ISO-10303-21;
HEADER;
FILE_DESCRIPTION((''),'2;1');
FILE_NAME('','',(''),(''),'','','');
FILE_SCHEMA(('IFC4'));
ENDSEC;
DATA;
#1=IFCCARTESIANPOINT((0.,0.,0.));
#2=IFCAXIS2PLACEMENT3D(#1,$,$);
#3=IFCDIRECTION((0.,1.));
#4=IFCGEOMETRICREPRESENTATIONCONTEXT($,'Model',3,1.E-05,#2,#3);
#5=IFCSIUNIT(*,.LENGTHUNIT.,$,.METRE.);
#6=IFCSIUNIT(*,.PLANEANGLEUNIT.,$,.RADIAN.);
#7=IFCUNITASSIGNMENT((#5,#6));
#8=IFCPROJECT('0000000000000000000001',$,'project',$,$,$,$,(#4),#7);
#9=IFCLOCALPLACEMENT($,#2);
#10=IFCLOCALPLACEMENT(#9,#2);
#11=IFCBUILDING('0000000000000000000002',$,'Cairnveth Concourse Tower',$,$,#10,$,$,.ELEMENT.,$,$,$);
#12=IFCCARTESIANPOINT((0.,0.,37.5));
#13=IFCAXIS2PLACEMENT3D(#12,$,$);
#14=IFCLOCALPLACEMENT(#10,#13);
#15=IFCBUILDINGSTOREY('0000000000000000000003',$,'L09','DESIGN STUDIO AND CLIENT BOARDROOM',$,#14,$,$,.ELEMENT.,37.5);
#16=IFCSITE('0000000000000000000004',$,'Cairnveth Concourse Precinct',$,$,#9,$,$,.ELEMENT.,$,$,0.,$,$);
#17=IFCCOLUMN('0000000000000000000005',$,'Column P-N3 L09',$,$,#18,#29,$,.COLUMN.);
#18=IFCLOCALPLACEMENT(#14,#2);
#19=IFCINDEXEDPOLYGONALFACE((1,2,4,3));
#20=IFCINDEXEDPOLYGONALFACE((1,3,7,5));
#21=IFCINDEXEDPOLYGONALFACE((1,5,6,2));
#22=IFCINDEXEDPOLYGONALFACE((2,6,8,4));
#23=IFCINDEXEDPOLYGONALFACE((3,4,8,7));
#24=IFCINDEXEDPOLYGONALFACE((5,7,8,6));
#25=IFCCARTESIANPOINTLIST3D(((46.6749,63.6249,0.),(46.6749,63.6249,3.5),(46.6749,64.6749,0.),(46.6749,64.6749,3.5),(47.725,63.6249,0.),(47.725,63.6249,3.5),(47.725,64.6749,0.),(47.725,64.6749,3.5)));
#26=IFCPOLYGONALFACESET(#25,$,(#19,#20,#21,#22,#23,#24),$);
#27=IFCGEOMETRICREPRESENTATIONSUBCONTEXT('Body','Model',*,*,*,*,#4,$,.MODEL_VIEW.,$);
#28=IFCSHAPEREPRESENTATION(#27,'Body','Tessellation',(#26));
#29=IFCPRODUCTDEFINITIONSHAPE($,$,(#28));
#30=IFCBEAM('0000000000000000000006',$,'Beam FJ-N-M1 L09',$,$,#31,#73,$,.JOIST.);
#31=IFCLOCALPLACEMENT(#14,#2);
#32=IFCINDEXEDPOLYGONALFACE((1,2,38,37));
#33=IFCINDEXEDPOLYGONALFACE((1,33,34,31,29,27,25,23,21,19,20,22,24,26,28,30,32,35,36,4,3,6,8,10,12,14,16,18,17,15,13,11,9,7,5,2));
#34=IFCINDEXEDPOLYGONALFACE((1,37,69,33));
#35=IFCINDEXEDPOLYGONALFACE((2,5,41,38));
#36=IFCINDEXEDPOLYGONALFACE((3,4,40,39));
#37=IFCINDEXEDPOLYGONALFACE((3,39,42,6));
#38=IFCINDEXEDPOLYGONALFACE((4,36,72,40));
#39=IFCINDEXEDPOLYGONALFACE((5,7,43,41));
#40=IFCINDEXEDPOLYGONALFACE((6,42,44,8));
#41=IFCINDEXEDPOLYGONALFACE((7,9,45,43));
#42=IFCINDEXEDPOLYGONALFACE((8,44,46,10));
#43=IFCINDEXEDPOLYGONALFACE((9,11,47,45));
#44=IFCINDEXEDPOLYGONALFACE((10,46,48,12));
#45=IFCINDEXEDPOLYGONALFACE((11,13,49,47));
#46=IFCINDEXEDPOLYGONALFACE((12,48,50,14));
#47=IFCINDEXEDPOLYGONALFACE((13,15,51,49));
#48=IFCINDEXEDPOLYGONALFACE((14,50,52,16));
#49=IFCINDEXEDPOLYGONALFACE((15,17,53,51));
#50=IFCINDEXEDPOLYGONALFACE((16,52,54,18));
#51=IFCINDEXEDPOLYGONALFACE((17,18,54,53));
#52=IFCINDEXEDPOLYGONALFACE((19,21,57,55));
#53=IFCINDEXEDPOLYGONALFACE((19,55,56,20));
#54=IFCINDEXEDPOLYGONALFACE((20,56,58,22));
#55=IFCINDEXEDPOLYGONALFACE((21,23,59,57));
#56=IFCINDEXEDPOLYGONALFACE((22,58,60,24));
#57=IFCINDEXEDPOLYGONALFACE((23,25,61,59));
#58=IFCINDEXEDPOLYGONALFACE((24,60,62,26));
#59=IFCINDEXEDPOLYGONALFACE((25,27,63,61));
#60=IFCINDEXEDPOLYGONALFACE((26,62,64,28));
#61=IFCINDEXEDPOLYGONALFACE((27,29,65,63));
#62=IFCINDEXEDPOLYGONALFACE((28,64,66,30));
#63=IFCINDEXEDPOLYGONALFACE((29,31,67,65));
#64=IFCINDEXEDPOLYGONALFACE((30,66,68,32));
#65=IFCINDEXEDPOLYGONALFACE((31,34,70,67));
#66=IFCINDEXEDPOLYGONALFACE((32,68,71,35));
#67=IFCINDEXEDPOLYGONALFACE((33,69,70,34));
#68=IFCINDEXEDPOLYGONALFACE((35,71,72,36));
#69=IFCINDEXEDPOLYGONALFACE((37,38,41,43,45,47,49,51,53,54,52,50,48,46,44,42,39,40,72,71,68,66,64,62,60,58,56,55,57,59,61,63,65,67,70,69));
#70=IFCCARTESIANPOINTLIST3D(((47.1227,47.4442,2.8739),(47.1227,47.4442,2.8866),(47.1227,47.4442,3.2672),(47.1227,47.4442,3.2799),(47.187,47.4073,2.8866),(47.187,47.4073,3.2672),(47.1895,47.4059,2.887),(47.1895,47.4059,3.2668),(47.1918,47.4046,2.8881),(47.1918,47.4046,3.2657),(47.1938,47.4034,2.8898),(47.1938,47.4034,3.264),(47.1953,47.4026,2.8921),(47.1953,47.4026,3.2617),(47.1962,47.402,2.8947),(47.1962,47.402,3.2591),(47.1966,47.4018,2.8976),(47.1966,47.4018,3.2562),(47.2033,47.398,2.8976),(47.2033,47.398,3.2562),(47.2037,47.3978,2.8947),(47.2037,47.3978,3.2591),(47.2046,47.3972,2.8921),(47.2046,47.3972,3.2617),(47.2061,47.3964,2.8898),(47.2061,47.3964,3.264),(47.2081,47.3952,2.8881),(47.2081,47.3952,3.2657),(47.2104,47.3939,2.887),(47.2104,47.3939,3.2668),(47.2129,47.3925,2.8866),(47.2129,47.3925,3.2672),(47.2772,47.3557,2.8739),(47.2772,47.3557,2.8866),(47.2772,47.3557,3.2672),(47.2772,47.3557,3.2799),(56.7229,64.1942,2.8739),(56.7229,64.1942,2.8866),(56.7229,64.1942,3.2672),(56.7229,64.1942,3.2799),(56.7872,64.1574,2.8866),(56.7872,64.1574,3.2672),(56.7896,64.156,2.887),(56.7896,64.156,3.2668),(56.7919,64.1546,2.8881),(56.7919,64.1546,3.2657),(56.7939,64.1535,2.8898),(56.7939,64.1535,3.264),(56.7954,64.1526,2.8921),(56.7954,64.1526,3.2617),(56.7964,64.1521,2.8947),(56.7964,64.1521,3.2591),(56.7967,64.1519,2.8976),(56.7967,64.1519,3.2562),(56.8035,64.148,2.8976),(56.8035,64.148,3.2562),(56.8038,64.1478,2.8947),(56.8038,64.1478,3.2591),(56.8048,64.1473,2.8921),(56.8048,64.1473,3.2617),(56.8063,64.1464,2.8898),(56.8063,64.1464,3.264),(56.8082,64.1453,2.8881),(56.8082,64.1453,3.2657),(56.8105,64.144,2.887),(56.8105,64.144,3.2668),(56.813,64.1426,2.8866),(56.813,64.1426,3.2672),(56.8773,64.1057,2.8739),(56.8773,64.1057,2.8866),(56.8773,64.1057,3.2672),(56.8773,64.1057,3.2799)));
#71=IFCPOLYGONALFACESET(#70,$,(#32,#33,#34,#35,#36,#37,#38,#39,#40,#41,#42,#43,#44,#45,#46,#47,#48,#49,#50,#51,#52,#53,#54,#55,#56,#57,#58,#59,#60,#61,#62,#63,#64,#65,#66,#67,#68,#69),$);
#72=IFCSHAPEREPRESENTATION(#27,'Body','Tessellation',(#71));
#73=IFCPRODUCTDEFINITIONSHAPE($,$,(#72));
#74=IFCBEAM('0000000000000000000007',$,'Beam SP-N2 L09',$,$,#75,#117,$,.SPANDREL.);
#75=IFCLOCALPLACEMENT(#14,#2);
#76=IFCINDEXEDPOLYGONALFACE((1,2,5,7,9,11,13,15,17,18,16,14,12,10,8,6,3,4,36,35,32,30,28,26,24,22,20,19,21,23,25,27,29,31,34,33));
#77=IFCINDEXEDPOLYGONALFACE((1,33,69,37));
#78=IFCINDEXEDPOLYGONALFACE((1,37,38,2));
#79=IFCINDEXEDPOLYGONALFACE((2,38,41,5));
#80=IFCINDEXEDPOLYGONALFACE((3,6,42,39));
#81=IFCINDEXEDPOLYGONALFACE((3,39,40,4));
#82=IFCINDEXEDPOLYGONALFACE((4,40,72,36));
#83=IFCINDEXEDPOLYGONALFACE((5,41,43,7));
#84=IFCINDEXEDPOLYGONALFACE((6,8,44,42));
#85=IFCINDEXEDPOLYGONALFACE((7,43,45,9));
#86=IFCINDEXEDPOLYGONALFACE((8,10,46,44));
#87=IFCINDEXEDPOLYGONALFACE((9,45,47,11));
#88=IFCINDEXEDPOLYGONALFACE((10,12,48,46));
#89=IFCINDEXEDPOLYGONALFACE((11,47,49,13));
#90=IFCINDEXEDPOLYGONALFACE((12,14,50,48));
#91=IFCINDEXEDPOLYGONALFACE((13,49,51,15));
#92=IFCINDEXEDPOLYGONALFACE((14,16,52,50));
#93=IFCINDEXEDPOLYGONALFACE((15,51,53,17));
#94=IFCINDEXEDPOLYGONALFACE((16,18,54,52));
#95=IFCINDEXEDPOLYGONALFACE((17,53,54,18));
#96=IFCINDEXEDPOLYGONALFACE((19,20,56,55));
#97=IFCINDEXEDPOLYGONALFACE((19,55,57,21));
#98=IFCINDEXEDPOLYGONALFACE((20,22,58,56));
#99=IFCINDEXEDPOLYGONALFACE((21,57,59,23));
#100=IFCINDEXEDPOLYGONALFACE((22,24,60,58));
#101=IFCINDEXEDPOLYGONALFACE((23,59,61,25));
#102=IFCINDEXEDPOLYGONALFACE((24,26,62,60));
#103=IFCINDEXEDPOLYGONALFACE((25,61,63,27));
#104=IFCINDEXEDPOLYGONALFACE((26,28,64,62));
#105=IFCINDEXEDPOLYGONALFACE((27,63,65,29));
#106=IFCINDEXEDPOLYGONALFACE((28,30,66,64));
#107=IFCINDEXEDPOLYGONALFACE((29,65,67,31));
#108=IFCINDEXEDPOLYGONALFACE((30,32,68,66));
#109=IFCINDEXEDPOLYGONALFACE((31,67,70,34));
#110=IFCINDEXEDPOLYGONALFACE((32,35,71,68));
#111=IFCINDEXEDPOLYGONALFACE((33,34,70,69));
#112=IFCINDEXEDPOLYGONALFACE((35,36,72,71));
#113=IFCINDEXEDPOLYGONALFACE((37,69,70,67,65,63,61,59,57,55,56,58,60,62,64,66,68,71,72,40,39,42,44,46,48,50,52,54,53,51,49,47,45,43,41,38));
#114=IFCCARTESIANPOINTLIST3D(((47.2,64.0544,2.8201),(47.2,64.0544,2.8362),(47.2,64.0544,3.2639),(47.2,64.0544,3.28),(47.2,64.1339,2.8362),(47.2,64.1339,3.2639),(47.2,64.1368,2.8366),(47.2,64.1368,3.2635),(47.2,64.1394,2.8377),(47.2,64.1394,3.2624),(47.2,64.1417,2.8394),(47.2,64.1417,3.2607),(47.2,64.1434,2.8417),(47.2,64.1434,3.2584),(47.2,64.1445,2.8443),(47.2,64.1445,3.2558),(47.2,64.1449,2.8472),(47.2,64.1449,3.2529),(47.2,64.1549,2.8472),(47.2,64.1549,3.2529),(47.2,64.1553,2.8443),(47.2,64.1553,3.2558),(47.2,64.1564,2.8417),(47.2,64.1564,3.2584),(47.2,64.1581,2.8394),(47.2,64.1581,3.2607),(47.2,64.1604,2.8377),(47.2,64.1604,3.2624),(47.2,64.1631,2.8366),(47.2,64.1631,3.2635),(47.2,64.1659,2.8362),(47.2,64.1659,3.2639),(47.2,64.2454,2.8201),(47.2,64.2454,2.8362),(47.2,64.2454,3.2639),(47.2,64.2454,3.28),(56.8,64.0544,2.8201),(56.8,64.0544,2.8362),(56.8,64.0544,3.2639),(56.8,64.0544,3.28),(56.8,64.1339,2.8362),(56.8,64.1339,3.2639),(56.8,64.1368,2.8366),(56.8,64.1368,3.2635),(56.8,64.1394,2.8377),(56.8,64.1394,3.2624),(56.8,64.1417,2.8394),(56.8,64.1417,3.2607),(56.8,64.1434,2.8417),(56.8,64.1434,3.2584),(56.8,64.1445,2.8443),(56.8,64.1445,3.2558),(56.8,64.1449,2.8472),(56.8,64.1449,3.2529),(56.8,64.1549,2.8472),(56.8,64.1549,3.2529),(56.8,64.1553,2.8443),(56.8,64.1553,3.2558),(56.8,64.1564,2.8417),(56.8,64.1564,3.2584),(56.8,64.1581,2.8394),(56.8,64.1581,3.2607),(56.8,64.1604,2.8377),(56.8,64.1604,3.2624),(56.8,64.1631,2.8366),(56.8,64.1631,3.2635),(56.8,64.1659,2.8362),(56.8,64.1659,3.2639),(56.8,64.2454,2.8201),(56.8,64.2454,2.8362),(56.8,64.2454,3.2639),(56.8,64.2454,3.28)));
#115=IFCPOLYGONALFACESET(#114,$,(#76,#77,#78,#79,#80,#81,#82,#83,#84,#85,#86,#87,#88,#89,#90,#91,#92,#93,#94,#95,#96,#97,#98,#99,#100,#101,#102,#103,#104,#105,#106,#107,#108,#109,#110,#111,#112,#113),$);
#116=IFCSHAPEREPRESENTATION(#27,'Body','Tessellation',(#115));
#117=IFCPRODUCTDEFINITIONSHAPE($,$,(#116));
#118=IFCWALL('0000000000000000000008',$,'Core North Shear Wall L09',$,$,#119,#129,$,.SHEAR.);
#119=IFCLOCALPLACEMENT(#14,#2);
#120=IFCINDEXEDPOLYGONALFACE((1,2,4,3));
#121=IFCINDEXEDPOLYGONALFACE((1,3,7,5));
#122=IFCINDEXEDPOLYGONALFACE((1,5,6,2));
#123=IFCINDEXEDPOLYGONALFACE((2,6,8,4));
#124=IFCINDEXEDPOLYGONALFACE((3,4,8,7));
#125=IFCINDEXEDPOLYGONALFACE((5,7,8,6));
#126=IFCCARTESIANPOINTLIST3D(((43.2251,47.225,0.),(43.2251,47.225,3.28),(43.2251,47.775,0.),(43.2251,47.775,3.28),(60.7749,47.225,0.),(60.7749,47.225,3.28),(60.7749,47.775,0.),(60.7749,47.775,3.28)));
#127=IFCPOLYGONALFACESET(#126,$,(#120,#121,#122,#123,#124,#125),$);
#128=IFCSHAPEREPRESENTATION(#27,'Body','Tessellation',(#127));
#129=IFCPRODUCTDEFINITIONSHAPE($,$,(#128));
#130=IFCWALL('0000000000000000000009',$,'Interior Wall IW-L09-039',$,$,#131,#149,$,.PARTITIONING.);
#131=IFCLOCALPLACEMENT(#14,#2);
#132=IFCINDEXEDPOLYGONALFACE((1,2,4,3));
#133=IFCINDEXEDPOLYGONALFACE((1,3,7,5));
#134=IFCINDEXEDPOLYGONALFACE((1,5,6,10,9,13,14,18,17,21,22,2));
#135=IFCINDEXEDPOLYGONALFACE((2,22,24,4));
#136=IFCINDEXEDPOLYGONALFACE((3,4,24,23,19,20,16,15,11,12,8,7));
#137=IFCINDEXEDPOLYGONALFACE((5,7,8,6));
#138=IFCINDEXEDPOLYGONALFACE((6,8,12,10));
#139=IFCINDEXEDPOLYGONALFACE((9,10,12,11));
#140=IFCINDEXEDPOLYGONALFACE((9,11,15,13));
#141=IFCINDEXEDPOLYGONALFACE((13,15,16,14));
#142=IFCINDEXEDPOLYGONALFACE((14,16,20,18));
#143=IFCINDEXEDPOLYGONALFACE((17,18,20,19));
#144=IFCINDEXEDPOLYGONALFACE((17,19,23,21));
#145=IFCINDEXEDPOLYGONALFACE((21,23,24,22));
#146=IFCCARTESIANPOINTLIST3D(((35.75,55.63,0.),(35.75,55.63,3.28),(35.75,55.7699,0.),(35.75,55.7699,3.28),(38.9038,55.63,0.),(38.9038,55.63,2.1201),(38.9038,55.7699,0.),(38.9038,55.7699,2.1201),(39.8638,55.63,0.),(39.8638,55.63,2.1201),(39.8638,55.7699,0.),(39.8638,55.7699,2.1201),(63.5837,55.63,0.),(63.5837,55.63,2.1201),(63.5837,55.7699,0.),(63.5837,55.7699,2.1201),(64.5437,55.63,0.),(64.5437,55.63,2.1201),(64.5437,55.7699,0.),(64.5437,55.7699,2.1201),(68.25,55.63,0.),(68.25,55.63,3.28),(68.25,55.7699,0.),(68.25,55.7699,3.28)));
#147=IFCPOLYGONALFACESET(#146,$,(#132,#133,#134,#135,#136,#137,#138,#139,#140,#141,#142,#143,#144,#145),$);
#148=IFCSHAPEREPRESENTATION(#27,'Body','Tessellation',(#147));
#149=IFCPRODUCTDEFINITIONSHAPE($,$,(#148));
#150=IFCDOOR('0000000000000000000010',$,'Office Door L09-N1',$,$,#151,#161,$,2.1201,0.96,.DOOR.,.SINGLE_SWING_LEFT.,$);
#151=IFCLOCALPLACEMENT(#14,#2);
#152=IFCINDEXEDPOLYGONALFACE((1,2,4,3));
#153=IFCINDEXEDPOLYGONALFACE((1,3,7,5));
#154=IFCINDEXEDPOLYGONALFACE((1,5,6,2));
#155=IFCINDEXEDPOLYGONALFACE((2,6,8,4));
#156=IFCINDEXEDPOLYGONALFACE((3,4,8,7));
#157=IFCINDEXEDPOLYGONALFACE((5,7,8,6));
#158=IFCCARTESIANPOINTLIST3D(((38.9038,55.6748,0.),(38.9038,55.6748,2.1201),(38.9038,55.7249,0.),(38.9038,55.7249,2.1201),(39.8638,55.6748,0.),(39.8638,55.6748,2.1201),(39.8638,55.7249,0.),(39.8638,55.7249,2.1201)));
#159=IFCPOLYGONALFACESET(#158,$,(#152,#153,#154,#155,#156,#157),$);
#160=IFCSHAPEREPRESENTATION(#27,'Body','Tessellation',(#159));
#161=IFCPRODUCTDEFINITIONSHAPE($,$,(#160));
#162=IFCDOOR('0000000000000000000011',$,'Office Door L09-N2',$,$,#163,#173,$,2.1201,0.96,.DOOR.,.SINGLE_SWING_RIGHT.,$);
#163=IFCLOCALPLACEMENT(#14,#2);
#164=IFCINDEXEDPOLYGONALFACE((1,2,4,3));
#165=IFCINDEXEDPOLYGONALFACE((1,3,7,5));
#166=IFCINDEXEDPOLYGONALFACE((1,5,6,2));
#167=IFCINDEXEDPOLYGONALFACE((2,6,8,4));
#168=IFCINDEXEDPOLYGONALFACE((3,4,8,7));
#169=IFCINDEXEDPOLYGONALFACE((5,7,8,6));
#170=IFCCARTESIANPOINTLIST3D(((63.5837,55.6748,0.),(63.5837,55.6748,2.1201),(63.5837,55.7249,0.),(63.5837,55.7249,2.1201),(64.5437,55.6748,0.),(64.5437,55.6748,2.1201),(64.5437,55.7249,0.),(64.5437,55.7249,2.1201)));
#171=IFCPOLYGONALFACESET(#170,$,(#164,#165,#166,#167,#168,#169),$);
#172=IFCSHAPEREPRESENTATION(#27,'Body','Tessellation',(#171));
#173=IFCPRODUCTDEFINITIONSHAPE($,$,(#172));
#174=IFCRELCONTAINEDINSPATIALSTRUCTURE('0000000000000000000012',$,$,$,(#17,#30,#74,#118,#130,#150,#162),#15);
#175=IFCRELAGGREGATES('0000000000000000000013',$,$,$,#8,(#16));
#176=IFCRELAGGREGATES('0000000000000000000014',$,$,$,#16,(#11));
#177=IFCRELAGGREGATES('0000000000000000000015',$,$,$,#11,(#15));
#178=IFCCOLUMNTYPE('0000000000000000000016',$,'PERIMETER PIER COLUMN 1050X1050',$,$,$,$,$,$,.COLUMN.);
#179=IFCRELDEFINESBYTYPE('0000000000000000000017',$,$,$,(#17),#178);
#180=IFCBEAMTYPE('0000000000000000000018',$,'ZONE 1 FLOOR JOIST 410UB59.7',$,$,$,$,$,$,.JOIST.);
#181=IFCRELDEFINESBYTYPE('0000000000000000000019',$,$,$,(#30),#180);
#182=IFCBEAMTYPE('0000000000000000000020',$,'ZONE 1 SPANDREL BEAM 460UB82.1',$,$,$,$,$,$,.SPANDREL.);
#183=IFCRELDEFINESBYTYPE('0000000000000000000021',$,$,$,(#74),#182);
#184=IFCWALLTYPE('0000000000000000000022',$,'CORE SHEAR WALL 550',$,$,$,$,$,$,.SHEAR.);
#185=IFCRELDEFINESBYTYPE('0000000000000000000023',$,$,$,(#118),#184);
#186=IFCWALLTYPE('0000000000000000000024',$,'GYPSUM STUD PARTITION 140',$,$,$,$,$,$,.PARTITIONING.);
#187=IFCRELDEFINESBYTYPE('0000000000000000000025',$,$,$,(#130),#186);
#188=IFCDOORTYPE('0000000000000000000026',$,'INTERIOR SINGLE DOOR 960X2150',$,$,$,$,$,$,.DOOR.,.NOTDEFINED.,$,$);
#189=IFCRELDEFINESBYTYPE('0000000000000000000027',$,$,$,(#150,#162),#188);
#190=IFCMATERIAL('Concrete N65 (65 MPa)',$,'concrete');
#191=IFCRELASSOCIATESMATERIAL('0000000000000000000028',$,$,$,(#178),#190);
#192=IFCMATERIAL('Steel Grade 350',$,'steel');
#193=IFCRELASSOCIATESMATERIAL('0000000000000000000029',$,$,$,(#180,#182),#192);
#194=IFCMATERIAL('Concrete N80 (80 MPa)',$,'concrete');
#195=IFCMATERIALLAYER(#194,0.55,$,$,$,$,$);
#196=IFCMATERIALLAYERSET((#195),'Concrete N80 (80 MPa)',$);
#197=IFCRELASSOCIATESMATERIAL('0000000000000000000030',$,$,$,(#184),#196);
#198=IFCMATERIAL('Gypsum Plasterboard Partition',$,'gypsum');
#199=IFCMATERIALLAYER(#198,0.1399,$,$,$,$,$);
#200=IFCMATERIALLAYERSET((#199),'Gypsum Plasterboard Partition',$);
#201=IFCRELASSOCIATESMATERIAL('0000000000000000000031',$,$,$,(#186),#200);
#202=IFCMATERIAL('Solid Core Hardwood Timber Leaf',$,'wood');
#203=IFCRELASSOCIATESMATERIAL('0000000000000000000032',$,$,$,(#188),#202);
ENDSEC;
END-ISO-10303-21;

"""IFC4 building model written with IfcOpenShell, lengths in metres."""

from ifc_helpers import new_model, si_unit, direction, frame, frame_2d, origin, origin_2d, place, context, subcontext, project, spatial, rectangle, i_section, extrude, material, layer, layer_set, material_profile, profile_set, type_object, element, fill, save


model = new_model("IFC4")

# Units and contexts
model_context = context("Model", 3, precision=1e-05, world=origin(), true_north=direction((0.0, 1.0)))
body_context = subcontext(model_context, "Body", "Model", "MODEL_VIEW")
ifc_project = project(units=[si_unit("LENGTHUNIT", "METRE"), si_unit("PLANEANGLEUNIT", "RADIAN")], contexts=[model_context])

# Site, building, storey
site_placement = place(None, origin())
site = spatial("IfcSite", under=ifc_project, at=site_placement, Name="Cairnveth Concourse Precinct", CompositionType="ELEMENT", RefElevation=0.0)
building_placement = place(site_placement, origin())
building = spatial("IfcBuilding", under=site, at=building_placement, Name="Cairnveth Concourse Tower", CompositionType="ELEMENT")
storey_placement = place(building_placement, frame((0.0, 0.0, 37.5)))
storey = spatial("IfcBuildingStorey", under=building, at=storey_placement, Name="L09", Description="DESIGN STUDIO AND CLIENT BOARDROOM", CompositionType="ELEMENT", Elevation=37.5)

# Column
ifc_material_1 = material(Name="Concrete N65 (65 MPa)", Category="concrete")
ifc_material_profile_1 = material_profile(ifc_material_1, rectangle(XDim=1.05, YDim=1.05, at=origin_2d()), Name="RC-COL-1050x1050")
ifc_profile_set_1 = profile_set([ifc_material_profile_1], Name="Concrete N65 (65 MPa)")
column_type = type_object("IfcColumnType", Name="PERIMETER PIER COLUMN 1050X1050", PredefinedType="COLUMN", material=ifc_profile_set_1)
column_placement = place(storey_placement, frame((47.2, 64.1499, 0.0), z_axis=(0.0, 0.0, 1.0), x_axis=(1.0, 0.0, 0.0)))
element("IfcColumn", 1, at=column_placement, inside=storey, type_object=column_type, Name="Column P-N3 L09", PredefinedType="COLUMN", context=body_context, shape_type="SweptSolid", body=[
    extrude(rectangle(XDim=1.05, YDim=1.05, at=origin_2d()), origin(), (0.0, 0.0, 1.0), 3.5),
])

# Beams
ifc_material_2 = material(Name="Steel Grade 350", Category="steel")
ifc_material_profile_2 = material_profile(ifc_material_2, i_section(OverallWidth=0.178, OverallDepth=0.406, WebThickness=0.0078, FlangeThickness=0.0127, FilletRadius=0.011, at=origin_2d()), Name="410UB59.7")
ifc_profile_set_2 = profile_set([ifc_material_profile_2], Name="Steel Grade 350")
beam_type_1 = type_object("IfcBeamType", Name="ZONE 1 FLOOR JOIST 410UB59.7", PredefinedType="JOIST", material=ifc_profile_set_2)
beam_1_placement = place(storey_placement, frame((47.2, 47.3999, 3.0769), z_axis=(0.497258, 0.867603, 0.0), x_axis=(-0.867603, 0.497258, 0.0)))
element("IfcBeam", 2, at=beam_1_placement, inside=storey, type_object=beam_type_1, Name="Beam FJ-N-M1 L09", PredefinedType="JOIST", context=body_context, shape_type="SweptSolid", body=[
    extrude(i_section(OverallWidth=0.178, OverallDepth=0.406, WebThickness=0.0078, FlangeThickness=0.0127, FilletRadius=0.011, at=origin_2d()), origin(), (0.0, 0.0, 1.0), 19.3062),
])
ifc_material_profile_3 = material_profile(ifc_material_2, i_section(OverallWidth=0.1909, OverallDepth=0.46, WebThickness=0.01, FlangeThickness=0.0161, FilletRadius=0.011, at=origin_2d()), Name="460UB82.1")
ifc_profile_set_3 = profile_set([ifc_material_profile_3], Name="Steel Grade 350")
beam_type_2 = type_object("IfcBeamType", Name="ZONE 1 SPANDREL BEAM 460UB82.1", PredefinedType="SPANDREL", material=ifc_profile_set_3)
beam_2_placement = place(storey_placement, frame((47.2, 64.1499, 3.05), z_axis=(1.0, 0.0, 0.0), x_axis=(0.0, 1.0, 0.0)))
element("IfcBeam", 3, at=beam_2_placement, inside=storey, type_object=beam_type_2, Name="Beam SP-N2 L09", PredefinedType="SPANDREL", context=body_context, shape_type="SweptSolid", body=[
    extrude(i_section(OverallWidth=0.1909, OverallDepth=0.46, WebThickness=0.01, FlangeThickness=0.0161, FilletRadius=0.011, at=origin_2d()), origin(), (0.0, 0.0, 1.0), 9.6001),
])

# Wall
ifc_material_3 = material(Name="Concrete N80 (80 MPa)", Category="concrete")
ifc_layer_1 = layer(ifc_material_3, 0.55)
ifc_layer_set_1 = layer_set([ifc_layer_1], Name="Concrete N80 (80 MPa)")
wall_type_1 = type_object("IfcWallType", Name="CORE SHEAR WALL 550", PredefinedType="SHEAR", material=ifc_layer_set_1)
wall_1_placement = place(storey_placement, frame((43.2251, 47.5, 0.0), z_axis=(0.0, 0.0, 1.0), x_axis=(1.0, 0.0, 0.0)))
element("IfcWall", 4, at=wall_1_placement, inside=storey, type_object=wall_type_1, Name="Core North Shear Wall L09", PredefinedType="SHEAR", context=body_context, shape_type="SweptSolid", body=[
    extrude(rectangle(XDim=17.5498, YDim=0.55, at=frame_2d((8.7749, 0.0))), origin(), (0.0, 0.0, 1.0), 3.28),
])

# Wall, openings, doors
ifc_material_4 = material(Name="Gypsum Plasterboard Partition", Category="gypsum")
ifc_layer_2 = layer(ifc_material_4, 0.1399)
ifc_layer_set_2 = layer_set([ifc_layer_2], Name="Gypsum Plasterboard Partition")
wall_type_2 = type_object("IfcWallType", Name="GYPSUM STUD PARTITION 140", PredefinedType="PARTITIONING", material=ifc_layer_set_2)
wall_2_placement = place(storey_placement, frame((35.75, 55.7, 0.0), z_axis=(0.0, 0.0, 1.0), x_axis=(1.0, 0.0, 0.0)))
wall_2 = element("IfcWall", 5, at=wall_2_placement, inside=storey, type_object=wall_type_2, Name="Interior Wall IW-L09-039", PredefinedType="PARTITIONING", context=body_context, shape_type="SweptSolid", body=[
    extrude(rectangle(XDim=32.5, YDim=0.1399, at=frame_2d((16.25, 0.0))), origin(), (0.0, 0.0, 1.0), 3.28),
])
opening_1_placement = place(wall_2_placement, frame((3.1538, 0.0, 0.0)))
opening_1 = element("IfcOpeningElement", 6, at=opening_1_placement, cuts=wall_2, PredefinedType="OPENING", context=body_context, shape_type="SweptSolid", body=[
    extrude(rectangle(XDim=0.96, YDim=2.1201, at=frame_2d((0.48, 1.0601))), frame((0.0, 0.0798, 0.0), z_axis=(0.0, -1.0, 0.0), x_axis=(1.0, 0.0, 0.0)), (0.0, 0.0, 1.0), 0.1599),
])
opening_2_placement = place(wall_2_placement, frame((27.8337, 0.0, 0.0)))
opening_2 = element("IfcOpeningElement", 7, at=opening_2_placement, cuts=wall_2, PredefinedType="OPENING", context=body_context, shape_type="SweptSolid", body=[
    extrude(rectangle(XDim=0.96, YDim=2.1201, at=frame_2d((0.48, 1.0601))), frame((0.0, 0.0798, 0.0), z_axis=(0.0, -1.0, 0.0), x_axis=(1.0, 0.0, 0.0)), (0.0, 0.0, 1.0), 0.1599),
])
ifc_material_5 = material(Name="Solid Core Hardwood Timber Leaf", Category="wood")
door_type_1 = type_object("IfcDoorType", Name="INTERIOR SINGLE DOOR 960X2150", OperationType="NOTDEFINED", PredefinedType="DOOR", material=ifc_material_5)
door_1_placement = place(opening_1_placement, origin())
door_1 = element("IfcDoor", 8, at=door_1_placement, inside=storey, type_object=door_type_1, Name="Office Door L09-N1", OperationType="SINGLE_SWING_LEFT", OverallHeight=2.1201, OverallWidth=0.96, PredefinedType="DOOR", context=body_context, shape_type="SweptSolid", body=[
    extrude(rectangle(XDim=0.96, YDim=2.1201, at=frame_2d((0.48, 1.0601))), frame((0.0, 0.0249, 0.0), z_axis=(0.0, -1.0, 0.0), x_axis=(1.0, 0.0, 0.0)), (0.0, 0.0, 1.0), 0.05),
])
fill(opening_1, door_1)
door_2_placement = place(opening_2_placement, origin())
door_2 = element("IfcDoor", 9, at=door_2_placement, inside=storey, type_object=door_type_1, Name="Office Door L09-N2", OperationType="SINGLE_SWING_RIGHT", OverallHeight=2.1201, OverallWidth=0.96, PredefinedType="DOOR", context=body_context, shape_type="SweptSolid", body=[
    extrude(rectangle(XDim=0.96, YDim=2.1201, at=frame_2d((0.48, 1.0601))), frame((0.0, 0.0249, 0.0), z_axis=(0.0, -1.0, 0.0), x_axis=(1.0, 0.0, 0.0)), (0.0, 0.0, 1.0), 0.05),
])
fill(opening_2, door_2)

save(model, "model.ifc")
